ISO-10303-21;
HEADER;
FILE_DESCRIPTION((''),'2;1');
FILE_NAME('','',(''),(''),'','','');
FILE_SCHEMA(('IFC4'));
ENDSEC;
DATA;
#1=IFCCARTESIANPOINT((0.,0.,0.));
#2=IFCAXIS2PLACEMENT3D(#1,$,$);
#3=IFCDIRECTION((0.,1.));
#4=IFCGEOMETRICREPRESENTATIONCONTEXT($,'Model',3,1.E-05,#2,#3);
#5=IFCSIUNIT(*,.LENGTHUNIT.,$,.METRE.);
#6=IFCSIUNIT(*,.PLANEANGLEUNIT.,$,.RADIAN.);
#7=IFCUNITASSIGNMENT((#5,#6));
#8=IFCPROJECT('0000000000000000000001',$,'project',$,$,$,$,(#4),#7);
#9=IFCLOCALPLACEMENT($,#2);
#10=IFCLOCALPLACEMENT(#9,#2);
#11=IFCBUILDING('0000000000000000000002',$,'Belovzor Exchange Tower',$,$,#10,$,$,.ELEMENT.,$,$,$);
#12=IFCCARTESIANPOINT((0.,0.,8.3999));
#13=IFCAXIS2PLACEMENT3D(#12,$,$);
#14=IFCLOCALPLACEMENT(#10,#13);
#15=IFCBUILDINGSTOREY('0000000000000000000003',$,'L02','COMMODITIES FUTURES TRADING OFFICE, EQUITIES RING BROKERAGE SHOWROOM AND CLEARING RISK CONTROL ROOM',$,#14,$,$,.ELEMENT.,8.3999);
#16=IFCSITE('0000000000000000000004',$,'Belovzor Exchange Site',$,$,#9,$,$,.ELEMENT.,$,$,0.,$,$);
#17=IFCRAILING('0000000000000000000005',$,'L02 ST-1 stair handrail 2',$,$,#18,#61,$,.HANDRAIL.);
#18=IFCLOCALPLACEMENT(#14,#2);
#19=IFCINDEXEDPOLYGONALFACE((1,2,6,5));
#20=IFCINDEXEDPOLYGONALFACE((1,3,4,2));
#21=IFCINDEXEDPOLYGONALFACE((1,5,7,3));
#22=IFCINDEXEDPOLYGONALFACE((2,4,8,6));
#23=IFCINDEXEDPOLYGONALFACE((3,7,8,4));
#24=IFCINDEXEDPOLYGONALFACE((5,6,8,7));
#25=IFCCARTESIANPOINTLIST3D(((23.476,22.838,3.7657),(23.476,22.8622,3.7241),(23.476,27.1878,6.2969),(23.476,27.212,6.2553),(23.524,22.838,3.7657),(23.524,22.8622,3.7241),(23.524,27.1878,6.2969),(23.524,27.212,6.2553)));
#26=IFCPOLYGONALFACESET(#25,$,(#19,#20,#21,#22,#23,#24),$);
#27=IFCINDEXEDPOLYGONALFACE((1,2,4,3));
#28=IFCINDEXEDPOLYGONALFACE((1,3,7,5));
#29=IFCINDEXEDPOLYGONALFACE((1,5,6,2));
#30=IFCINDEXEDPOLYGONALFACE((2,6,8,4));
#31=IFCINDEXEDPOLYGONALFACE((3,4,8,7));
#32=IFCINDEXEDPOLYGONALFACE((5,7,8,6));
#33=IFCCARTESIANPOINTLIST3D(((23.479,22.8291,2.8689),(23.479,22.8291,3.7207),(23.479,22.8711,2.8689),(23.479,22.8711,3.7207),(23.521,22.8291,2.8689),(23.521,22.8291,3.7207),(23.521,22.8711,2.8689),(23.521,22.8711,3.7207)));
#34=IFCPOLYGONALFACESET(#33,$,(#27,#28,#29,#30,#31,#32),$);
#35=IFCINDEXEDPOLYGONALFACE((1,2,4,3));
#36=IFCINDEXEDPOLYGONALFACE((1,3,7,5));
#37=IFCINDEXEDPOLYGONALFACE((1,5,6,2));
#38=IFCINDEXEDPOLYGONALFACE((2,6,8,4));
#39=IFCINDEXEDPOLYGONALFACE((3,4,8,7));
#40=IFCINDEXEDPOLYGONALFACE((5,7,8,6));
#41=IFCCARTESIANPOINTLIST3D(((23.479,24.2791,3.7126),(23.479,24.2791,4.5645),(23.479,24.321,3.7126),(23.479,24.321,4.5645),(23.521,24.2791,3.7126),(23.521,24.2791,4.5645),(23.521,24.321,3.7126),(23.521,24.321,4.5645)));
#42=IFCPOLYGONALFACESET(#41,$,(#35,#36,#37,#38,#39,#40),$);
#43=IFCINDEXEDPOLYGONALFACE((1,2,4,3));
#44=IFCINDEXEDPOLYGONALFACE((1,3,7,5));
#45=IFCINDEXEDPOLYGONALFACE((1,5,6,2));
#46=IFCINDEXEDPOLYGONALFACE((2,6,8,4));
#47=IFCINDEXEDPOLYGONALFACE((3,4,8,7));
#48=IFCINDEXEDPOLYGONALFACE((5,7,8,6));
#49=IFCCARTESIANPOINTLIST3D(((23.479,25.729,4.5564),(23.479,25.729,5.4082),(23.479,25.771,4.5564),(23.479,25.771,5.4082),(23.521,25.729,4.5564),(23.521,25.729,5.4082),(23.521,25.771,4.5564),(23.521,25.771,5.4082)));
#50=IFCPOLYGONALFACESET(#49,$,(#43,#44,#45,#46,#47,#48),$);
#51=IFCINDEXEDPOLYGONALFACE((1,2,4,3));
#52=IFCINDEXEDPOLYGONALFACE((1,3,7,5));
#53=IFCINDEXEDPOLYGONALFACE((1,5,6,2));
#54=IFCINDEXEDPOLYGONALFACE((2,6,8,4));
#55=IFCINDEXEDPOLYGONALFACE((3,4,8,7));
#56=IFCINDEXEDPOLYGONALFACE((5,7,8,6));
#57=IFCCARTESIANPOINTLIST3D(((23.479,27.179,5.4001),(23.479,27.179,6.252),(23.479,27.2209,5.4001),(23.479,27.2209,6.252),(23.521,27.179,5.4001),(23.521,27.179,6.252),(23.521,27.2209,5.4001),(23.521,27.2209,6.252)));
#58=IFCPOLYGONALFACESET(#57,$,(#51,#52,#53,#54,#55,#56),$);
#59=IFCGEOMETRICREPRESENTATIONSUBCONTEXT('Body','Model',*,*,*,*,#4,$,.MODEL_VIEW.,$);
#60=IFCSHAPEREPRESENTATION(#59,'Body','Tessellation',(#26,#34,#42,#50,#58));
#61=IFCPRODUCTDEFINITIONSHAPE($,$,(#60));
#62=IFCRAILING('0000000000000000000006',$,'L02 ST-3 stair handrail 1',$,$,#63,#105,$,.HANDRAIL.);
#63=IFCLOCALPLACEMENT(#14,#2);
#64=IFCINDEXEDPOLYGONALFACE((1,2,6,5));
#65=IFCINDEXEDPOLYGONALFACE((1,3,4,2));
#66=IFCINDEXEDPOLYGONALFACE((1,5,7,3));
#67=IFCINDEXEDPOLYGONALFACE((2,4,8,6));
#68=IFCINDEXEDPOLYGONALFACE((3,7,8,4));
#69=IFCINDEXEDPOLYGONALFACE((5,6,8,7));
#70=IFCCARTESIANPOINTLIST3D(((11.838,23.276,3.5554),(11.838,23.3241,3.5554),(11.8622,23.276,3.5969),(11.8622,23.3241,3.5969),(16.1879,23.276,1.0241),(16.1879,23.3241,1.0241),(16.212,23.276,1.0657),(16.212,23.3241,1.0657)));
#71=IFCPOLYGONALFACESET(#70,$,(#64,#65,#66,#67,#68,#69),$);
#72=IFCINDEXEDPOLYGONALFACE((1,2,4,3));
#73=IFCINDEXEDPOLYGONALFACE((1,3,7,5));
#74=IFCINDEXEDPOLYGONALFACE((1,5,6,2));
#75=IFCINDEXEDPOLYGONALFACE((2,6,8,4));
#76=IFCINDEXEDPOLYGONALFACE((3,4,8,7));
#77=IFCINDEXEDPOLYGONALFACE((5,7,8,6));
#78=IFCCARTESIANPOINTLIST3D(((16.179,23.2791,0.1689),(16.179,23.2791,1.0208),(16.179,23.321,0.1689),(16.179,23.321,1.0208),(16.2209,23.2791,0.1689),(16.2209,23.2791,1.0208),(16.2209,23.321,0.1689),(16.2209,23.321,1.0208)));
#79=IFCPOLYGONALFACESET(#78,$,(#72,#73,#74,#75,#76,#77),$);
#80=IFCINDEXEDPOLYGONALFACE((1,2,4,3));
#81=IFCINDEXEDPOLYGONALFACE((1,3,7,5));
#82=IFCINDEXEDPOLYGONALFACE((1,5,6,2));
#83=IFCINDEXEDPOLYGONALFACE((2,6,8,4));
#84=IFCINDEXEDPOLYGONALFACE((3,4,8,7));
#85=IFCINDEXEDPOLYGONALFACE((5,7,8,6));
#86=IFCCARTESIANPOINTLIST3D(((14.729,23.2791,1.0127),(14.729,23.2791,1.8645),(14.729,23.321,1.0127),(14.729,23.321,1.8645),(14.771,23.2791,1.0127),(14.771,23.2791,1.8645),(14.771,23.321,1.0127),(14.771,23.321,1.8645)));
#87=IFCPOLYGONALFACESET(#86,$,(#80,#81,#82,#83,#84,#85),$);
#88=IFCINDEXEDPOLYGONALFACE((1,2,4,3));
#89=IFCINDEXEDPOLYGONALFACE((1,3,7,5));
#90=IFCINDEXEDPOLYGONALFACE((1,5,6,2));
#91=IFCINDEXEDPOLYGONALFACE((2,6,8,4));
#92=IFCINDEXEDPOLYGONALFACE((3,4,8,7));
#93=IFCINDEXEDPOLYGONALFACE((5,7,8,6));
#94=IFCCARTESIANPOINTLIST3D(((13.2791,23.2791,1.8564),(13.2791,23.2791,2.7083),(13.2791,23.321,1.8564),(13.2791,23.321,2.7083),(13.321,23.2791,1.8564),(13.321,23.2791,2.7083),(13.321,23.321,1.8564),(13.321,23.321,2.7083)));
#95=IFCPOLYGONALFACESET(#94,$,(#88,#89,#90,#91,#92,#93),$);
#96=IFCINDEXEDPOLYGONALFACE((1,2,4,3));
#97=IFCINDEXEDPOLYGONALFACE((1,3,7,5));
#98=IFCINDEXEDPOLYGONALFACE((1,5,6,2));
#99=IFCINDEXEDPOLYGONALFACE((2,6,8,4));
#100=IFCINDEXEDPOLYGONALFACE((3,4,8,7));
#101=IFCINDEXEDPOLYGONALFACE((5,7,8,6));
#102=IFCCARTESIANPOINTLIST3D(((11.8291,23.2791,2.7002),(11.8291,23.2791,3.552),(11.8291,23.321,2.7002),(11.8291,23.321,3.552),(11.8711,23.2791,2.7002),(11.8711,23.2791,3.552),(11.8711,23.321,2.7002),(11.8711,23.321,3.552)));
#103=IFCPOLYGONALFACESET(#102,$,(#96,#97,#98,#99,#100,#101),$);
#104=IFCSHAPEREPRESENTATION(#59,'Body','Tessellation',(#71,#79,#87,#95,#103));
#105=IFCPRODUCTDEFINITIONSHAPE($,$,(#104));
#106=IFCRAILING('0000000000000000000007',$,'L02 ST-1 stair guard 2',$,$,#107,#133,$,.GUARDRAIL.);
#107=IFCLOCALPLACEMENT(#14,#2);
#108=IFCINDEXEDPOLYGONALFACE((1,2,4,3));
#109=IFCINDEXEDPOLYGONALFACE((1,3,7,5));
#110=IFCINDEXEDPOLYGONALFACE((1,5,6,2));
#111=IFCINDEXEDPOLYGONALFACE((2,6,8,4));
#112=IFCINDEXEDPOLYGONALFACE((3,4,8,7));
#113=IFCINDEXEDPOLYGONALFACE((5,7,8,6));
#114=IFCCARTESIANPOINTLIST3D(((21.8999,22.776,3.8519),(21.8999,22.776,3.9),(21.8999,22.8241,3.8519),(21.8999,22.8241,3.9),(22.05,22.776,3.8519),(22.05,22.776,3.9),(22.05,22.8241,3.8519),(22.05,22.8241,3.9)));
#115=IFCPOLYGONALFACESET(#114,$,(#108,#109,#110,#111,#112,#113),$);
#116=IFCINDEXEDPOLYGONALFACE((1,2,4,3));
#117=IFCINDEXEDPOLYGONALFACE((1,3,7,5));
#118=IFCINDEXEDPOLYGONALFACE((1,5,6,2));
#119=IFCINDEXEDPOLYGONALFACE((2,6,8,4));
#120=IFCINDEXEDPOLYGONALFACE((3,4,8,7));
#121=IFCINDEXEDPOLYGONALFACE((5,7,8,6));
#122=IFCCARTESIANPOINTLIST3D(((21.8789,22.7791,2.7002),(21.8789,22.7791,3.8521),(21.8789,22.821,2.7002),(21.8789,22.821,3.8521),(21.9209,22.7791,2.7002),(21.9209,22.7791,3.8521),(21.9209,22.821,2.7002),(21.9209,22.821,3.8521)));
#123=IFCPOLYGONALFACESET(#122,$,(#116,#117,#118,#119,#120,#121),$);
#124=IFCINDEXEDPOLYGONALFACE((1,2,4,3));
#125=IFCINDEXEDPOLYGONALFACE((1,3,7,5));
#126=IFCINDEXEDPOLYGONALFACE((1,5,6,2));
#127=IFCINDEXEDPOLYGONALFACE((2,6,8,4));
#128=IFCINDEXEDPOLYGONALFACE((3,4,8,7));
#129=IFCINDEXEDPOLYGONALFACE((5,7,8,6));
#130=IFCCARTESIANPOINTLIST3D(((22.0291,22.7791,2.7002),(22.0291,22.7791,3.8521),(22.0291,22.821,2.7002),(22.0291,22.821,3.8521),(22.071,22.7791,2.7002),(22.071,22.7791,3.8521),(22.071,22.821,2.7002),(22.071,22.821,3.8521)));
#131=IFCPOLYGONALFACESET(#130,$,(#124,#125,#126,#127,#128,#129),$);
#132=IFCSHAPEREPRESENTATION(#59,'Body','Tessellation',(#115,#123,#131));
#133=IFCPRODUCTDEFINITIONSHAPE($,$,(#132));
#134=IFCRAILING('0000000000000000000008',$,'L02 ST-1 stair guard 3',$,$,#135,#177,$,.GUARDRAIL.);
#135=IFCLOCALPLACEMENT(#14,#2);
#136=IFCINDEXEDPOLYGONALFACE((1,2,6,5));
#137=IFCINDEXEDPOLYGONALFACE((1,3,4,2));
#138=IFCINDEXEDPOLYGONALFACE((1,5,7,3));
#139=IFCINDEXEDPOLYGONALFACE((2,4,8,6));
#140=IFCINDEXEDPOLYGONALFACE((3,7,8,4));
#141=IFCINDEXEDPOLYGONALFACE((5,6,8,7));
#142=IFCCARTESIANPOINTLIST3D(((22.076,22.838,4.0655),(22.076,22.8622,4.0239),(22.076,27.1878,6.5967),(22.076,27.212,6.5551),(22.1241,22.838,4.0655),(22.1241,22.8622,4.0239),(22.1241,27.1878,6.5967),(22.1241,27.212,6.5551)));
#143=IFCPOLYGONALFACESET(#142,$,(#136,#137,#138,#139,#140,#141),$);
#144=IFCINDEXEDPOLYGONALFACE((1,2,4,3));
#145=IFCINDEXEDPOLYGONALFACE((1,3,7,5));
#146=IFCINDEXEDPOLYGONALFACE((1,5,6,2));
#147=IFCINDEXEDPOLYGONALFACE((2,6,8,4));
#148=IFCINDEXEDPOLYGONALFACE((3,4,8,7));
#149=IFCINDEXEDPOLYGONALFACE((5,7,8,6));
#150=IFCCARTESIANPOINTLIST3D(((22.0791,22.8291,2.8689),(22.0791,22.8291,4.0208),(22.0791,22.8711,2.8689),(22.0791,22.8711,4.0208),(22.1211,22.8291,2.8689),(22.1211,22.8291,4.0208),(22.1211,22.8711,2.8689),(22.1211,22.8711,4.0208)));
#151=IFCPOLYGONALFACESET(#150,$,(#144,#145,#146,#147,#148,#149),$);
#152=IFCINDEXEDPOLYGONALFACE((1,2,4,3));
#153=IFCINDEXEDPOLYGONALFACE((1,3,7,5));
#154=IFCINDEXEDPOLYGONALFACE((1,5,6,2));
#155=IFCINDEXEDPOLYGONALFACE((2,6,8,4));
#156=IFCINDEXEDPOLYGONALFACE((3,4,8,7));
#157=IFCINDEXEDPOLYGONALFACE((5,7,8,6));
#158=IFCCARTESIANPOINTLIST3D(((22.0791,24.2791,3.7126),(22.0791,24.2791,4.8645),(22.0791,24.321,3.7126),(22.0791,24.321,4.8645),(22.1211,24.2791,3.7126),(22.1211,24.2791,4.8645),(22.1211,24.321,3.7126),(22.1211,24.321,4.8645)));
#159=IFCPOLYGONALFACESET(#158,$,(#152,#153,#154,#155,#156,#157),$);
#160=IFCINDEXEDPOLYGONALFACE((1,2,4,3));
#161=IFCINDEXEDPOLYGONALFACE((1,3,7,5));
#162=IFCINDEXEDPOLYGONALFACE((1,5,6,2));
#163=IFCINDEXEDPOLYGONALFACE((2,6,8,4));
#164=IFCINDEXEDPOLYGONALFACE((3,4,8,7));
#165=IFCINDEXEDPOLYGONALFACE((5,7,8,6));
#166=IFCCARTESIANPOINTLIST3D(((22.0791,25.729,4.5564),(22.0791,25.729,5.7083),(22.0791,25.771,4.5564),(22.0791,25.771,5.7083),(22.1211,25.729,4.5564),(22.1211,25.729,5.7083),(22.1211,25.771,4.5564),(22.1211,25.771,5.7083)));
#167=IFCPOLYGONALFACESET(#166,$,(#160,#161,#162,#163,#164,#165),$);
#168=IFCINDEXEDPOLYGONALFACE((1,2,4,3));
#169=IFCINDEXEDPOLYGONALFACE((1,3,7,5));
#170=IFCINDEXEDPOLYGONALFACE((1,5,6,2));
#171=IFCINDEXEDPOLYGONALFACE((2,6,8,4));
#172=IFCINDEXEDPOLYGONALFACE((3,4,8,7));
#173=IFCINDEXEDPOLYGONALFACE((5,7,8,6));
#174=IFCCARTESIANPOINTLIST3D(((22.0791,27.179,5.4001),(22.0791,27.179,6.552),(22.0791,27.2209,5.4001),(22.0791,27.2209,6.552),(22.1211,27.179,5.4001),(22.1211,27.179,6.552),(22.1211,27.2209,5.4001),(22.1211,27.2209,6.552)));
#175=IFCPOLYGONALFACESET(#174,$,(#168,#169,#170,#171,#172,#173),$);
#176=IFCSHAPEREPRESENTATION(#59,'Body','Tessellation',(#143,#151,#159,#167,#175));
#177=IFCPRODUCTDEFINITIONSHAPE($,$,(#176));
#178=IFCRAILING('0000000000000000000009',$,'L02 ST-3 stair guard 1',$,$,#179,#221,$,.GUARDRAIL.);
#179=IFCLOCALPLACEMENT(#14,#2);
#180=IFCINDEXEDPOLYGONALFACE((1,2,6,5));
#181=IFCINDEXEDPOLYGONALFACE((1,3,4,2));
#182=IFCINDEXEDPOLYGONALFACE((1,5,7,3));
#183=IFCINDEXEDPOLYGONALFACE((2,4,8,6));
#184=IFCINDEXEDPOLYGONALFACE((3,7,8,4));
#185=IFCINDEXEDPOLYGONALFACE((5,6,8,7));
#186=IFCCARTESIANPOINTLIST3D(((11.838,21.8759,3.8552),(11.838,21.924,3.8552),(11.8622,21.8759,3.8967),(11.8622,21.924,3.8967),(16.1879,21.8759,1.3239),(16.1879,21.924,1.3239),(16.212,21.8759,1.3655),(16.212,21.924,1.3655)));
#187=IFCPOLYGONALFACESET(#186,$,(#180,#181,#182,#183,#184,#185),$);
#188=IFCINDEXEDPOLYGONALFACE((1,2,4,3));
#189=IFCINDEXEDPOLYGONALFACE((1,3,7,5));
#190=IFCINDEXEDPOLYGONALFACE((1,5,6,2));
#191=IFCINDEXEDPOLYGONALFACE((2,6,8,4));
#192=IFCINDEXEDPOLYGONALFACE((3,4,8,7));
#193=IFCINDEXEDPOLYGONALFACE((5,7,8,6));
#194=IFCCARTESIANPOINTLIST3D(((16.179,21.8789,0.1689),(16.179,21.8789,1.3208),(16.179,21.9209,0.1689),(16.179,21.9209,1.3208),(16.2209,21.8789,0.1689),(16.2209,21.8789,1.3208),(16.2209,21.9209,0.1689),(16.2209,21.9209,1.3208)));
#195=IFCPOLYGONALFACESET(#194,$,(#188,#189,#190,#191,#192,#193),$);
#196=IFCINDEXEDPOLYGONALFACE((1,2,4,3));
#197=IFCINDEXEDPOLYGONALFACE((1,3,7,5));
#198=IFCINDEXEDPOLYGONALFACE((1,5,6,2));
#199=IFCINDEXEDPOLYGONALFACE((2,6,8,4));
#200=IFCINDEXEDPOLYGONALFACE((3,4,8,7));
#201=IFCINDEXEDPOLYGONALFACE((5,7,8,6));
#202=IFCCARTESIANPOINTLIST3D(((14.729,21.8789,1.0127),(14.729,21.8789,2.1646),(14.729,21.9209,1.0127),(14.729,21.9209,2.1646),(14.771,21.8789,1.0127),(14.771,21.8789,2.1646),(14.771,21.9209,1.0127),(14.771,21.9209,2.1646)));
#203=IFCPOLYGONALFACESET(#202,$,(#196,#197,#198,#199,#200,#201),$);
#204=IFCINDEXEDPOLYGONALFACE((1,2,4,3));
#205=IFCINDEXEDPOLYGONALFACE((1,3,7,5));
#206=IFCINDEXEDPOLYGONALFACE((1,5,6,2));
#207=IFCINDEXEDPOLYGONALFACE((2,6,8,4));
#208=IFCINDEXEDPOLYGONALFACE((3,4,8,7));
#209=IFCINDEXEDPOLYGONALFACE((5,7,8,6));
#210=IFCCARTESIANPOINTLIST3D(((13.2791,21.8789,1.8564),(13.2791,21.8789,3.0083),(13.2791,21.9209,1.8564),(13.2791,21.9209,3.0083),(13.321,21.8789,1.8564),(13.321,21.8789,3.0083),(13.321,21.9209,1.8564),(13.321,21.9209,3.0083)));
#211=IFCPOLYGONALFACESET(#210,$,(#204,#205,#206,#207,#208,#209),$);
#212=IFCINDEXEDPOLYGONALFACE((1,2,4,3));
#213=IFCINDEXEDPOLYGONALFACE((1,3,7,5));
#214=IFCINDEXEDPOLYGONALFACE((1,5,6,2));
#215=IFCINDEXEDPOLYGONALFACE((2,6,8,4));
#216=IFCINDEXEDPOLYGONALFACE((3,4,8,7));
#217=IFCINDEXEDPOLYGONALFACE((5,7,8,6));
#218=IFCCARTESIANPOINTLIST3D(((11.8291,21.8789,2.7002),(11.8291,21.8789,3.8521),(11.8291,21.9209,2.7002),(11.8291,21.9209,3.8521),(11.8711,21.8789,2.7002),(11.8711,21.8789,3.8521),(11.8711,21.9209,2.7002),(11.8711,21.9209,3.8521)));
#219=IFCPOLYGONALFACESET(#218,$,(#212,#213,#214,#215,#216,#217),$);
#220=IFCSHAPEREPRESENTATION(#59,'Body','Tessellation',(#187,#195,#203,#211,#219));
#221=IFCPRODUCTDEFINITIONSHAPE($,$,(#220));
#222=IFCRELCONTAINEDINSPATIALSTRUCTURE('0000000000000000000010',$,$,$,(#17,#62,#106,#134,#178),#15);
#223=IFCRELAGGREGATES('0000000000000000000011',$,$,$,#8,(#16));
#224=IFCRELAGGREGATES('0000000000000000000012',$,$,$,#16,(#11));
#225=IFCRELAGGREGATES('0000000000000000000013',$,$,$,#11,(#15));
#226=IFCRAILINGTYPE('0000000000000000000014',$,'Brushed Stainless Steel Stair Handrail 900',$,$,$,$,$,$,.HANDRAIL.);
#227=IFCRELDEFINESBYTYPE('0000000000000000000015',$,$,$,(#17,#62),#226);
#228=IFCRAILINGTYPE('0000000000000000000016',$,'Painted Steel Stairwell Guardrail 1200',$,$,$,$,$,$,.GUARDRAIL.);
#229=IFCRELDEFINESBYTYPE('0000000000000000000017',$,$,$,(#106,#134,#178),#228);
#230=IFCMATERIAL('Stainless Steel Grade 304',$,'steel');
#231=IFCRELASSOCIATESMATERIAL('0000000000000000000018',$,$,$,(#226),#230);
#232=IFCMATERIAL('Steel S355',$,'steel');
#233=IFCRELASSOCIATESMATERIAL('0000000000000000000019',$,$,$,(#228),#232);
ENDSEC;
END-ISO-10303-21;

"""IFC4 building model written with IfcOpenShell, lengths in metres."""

from ifc_helpers import new_model, si_unit, direction, frame, origin, origin_2d, place, context, subcontext, project, spatial, rectangle, extrude, material, type_object, element, save


model = new_model("IFC4")

# Units and contexts
model_context = context("Model", 3, precision=1e-05, world=origin(), true_north=direction((0.0, 1.0)))
body_context = subcontext(model_context, "Body", "Model", "MODEL_VIEW")
ifc_project = project(units=[si_unit("LENGTHUNIT", "METRE"), si_unit("PLANEANGLEUNIT", "RADIAN")], contexts=[model_context])

# Site, building, storey
site_placement = place(None, origin())
site = spatial("IfcSite", under=ifc_project, at=site_placement, Name="Belovzor Exchange Site", CompositionType="ELEMENT", RefElevation=0.0)
building_placement = place(site_placement, origin())
building = spatial("IfcBuilding", under=site, at=building_placement, Name="Belovzor Exchange Tower", CompositionType="ELEMENT")
storey_placement = place(building_placement, frame((0.0, 0.0, 8.3999)))
storey = spatial("IfcBuildingStorey", under=building, at=storey_placement, Name="L02", Description="COMMODITIES FUTURES TRADING OFFICE, EQUITIES RING BROKERAGE SHOWROOM AND CLEARING RISK CONTROL ROOM", CompositionType="ELEMENT", Elevation=8.3999)

# Railings
ifc_material_1 = material(Name="Stainless Steel Grade 304", Category="steel")
railing_type_1 = type_object("IfcRailingType", Name="Brushed Stainless Steel Stair Handrail 900", PredefinedType="HANDRAIL", material=ifc_material_1)
railing_1_placement = place(storey_placement, frame((23.5, 22.8501, 2.8689)))
element("IfcRailing", 1, at=railing_1_placement, inside=storey, type_object=railing_type_1, Name="L02 ST-1 stair handrail 2", PredefinedType="HANDRAIL", context=body_context, shape_type="SweptSolid", body=[
    extrude(rectangle(XDim=0.0481, YDim=0.0481, at=origin_2d()), frame((0.0, 0.0, 0.876), z_axis=(0.0, 0.864312, 0.502957), x_axis=(-1.0, 0.0, 0.0)), (0.0, 0.0, 1.0), 5.0327),
    extrude(rectangle(XDim=0.042, YDim=0.042, at=origin_2d()), origin(), (0.0, 0.0, 1.0), 0.8518),
    extrude(rectangle(XDim=0.042, YDim=0.042, at=origin_2d()), frame((0.0, 1.45, 0.8438)), (0.0, 0.0, 1.0), 0.8518),
    extrude(rectangle(XDim=0.042, YDim=0.042, at=origin_2d()), frame((0.0, 2.8999, 1.6875)), (0.0, 0.0, 1.0), 0.8518),
    extrude(rectangle(XDim=0.042, YDim=0.042, at=origin_2d()), frame((0.0, 4.3499, 2.5312)), (0.0, 0.0, 1.0), 0.8518),
])
railing_2_placement = place(storey_placement, frame((16.2, 23.3, 0.1689)))
element("IfcRailing", 2, at=railing_2_placement, inside=storey, type_object=railing_type_1, Name="L02 ST-3 stair handrail 1", PredefinedType="HANDRAIL", context=body_context, shape_type="SweptSolid", body=[
    extrude(rectangle(XDim=0.0481, YDim=0.0481, at=origin_2d()), frame((0.0, 0.0, 0.876), z_axis=(-0.864312, 0.0, 0.502957), x_axis=(0.0, -1.0, 0.0)), (0.0, 0.0, 1.0), 5.0327),
    extrude(rectangle(XDim=0.042, YDim=0.042, at=origin_2d()), origin(), (0.0, 0.0, 1.0), 0.8518),
    extrude(rectangle(XDim=0.042, YDim=0.042, at=origin_2d()), frame((-1.45, 0.0, 0.8438)), (0.0, 0.0, 1.0), 0.8518),
    extrude(rectangle(XDim=0.042, YDim=0.042, at=origin_2d()), frame((-2.8999, 0.0, 1.6875)), (0.0, 0.0, 1.0), 0.8518),
    extrude(rectangle(XDim=0.042, YDim=0.042, at=origin_2d()), frame((-4.3499, 0.0, 2.5312)), (0.0, 0.0, 1.0), 0.8518),
])
ifc_material_2 = material(Name="Steel S355", Category="steel")
railing_type_2 = type_object("IfcRailingType", Name="Painted Steel Stairwell Guardrail 1200", PredefinedType="GUARDRAIL", material=ifc_material_2)
railing_3_placement = place(storey_placement, frame((21.8999, 22.8, 2.7002)))
element("IfcRailing", 3, at=railing_3_placement, inside=storey, type_object=railing_type_2, Name="L02 ST-1 stair guard 2", PredefinedType="GUARDRAIL", context=body_context, shape_type="SweptSolid", body=[
    extrude(rectangle(XDim=0.0481, YDim=0.0481, at=origin_2d()), frame((0.0, 0.0, 1.1758), z_axis=(1.0, 0.0, 0.0), x_axis=(0.0, 1.0, 0.0)), (0.0, 0.0, 1.0), 0.1501),
    extrude(rectangle(XDim=0.042, YDim=0.042, at=origin_2d()), origin(), (0.0, 0.0, 1.0), 1.1519),
    extrude(rectangle(XDim=0.042, YDim=0.042, at=origin_2d()), frame((0.1501, 0.0, 0.0)), (0.0, 0.0, 1.0), 1.1519),
])
railing_4_placement = place(storey_placement, frame((22.1001, 22.8501, 2.8689)))
element("IfcRailing", 4, at=railing_4_placement, inside=storey, type_object=railing_type_2, Name="L02 ST-1 stair guard 3", PredefinedType="GUARDRAIL", context=body_context, shape_type="SweptSolid", body=[
    extrude(rectangle(XDim=0.0481, YDim=0.0481, at=origin_2d()), frame((0.0, 0.0, 1.1758), z_axis=(0.0, 0.864312, 0.502957), x_axis=(-1.0, 0.0, 0.0)), (0.0, 0.0, 1.0), 5.0327),
    extrude(rectangle(XDim=0.042, YDim=0.042, at=origin_2d()), origin(), (0.0, 0.0, 1.0), 1.1519),
    extrude(rectangle(XDim=0.042, YDim=0.042, at=origin_2d()), frame((0.0, 1.45, 0.8438)), (0.0, 0.0, 1.0), 1.1519),
    extrude(rectangle(XDim=0.042, YDim=0.042, at=origin_2d()), frame((0.0, 2.8999, 1.6875)), (0.0, 0.0, 1.0), 1.1519),
    extrude(rectangle(XDim=0.042, YDim=0.042, at=origin_2d()), frame((0.0, 4.3499, 2.5312)), (0.0, 0.0, 1.0), 1.1519),
])
railing_5_placement = place(storey_placement, frame((16.2, 21.8999, 0.1689)))
element("IfcRailing", 5, at=railing_5_placement, inside=storey, type_object=railing_type_2, Name="L02 ST-3 stair guard 1", PredefinedType="GUARDRAIL", context=body_context, shape_type="SweptSolid", body=[
    extrude(rectangle(XDim=0.0481, YDim=0.0481, at=origin_2d()), frame((0.0, 0.0, 1.1758), z_axis=(-0.864312, 0.0, 0.502957), x_axis=(0.0, -1.0, 0.0)), (0.0, 0.0, 1.0), 5.0327),
    extrude(rectangle(XDim=0.042, YDim=0.042, at=origin_2d()), origin(), (0.0, 0.0, 1.0), 1.1519),
    extrude(rectangle(XDim=0.042, YDim=0.042, at=origin_2d()), frame((-1.45, 0.0, 0.8438)), (0.0, 0.0, 1.0), 1.1519),
    extrude(rectangle(XDim=0.042, YDim=0.042, at=origin_2d()), frame((-2.8999, 0.0, 1.6875)), (0.0, 0.0, 1.0), 1.1519),
    extrude(rectangle(XDim=0.042, YDim=0.042, at=origin_2d()), frame((-4.3499, 0.0, 2.5312)), (0.0, 0.0, 1.0), 1.1519),
])

save(model, "model.ifc")
